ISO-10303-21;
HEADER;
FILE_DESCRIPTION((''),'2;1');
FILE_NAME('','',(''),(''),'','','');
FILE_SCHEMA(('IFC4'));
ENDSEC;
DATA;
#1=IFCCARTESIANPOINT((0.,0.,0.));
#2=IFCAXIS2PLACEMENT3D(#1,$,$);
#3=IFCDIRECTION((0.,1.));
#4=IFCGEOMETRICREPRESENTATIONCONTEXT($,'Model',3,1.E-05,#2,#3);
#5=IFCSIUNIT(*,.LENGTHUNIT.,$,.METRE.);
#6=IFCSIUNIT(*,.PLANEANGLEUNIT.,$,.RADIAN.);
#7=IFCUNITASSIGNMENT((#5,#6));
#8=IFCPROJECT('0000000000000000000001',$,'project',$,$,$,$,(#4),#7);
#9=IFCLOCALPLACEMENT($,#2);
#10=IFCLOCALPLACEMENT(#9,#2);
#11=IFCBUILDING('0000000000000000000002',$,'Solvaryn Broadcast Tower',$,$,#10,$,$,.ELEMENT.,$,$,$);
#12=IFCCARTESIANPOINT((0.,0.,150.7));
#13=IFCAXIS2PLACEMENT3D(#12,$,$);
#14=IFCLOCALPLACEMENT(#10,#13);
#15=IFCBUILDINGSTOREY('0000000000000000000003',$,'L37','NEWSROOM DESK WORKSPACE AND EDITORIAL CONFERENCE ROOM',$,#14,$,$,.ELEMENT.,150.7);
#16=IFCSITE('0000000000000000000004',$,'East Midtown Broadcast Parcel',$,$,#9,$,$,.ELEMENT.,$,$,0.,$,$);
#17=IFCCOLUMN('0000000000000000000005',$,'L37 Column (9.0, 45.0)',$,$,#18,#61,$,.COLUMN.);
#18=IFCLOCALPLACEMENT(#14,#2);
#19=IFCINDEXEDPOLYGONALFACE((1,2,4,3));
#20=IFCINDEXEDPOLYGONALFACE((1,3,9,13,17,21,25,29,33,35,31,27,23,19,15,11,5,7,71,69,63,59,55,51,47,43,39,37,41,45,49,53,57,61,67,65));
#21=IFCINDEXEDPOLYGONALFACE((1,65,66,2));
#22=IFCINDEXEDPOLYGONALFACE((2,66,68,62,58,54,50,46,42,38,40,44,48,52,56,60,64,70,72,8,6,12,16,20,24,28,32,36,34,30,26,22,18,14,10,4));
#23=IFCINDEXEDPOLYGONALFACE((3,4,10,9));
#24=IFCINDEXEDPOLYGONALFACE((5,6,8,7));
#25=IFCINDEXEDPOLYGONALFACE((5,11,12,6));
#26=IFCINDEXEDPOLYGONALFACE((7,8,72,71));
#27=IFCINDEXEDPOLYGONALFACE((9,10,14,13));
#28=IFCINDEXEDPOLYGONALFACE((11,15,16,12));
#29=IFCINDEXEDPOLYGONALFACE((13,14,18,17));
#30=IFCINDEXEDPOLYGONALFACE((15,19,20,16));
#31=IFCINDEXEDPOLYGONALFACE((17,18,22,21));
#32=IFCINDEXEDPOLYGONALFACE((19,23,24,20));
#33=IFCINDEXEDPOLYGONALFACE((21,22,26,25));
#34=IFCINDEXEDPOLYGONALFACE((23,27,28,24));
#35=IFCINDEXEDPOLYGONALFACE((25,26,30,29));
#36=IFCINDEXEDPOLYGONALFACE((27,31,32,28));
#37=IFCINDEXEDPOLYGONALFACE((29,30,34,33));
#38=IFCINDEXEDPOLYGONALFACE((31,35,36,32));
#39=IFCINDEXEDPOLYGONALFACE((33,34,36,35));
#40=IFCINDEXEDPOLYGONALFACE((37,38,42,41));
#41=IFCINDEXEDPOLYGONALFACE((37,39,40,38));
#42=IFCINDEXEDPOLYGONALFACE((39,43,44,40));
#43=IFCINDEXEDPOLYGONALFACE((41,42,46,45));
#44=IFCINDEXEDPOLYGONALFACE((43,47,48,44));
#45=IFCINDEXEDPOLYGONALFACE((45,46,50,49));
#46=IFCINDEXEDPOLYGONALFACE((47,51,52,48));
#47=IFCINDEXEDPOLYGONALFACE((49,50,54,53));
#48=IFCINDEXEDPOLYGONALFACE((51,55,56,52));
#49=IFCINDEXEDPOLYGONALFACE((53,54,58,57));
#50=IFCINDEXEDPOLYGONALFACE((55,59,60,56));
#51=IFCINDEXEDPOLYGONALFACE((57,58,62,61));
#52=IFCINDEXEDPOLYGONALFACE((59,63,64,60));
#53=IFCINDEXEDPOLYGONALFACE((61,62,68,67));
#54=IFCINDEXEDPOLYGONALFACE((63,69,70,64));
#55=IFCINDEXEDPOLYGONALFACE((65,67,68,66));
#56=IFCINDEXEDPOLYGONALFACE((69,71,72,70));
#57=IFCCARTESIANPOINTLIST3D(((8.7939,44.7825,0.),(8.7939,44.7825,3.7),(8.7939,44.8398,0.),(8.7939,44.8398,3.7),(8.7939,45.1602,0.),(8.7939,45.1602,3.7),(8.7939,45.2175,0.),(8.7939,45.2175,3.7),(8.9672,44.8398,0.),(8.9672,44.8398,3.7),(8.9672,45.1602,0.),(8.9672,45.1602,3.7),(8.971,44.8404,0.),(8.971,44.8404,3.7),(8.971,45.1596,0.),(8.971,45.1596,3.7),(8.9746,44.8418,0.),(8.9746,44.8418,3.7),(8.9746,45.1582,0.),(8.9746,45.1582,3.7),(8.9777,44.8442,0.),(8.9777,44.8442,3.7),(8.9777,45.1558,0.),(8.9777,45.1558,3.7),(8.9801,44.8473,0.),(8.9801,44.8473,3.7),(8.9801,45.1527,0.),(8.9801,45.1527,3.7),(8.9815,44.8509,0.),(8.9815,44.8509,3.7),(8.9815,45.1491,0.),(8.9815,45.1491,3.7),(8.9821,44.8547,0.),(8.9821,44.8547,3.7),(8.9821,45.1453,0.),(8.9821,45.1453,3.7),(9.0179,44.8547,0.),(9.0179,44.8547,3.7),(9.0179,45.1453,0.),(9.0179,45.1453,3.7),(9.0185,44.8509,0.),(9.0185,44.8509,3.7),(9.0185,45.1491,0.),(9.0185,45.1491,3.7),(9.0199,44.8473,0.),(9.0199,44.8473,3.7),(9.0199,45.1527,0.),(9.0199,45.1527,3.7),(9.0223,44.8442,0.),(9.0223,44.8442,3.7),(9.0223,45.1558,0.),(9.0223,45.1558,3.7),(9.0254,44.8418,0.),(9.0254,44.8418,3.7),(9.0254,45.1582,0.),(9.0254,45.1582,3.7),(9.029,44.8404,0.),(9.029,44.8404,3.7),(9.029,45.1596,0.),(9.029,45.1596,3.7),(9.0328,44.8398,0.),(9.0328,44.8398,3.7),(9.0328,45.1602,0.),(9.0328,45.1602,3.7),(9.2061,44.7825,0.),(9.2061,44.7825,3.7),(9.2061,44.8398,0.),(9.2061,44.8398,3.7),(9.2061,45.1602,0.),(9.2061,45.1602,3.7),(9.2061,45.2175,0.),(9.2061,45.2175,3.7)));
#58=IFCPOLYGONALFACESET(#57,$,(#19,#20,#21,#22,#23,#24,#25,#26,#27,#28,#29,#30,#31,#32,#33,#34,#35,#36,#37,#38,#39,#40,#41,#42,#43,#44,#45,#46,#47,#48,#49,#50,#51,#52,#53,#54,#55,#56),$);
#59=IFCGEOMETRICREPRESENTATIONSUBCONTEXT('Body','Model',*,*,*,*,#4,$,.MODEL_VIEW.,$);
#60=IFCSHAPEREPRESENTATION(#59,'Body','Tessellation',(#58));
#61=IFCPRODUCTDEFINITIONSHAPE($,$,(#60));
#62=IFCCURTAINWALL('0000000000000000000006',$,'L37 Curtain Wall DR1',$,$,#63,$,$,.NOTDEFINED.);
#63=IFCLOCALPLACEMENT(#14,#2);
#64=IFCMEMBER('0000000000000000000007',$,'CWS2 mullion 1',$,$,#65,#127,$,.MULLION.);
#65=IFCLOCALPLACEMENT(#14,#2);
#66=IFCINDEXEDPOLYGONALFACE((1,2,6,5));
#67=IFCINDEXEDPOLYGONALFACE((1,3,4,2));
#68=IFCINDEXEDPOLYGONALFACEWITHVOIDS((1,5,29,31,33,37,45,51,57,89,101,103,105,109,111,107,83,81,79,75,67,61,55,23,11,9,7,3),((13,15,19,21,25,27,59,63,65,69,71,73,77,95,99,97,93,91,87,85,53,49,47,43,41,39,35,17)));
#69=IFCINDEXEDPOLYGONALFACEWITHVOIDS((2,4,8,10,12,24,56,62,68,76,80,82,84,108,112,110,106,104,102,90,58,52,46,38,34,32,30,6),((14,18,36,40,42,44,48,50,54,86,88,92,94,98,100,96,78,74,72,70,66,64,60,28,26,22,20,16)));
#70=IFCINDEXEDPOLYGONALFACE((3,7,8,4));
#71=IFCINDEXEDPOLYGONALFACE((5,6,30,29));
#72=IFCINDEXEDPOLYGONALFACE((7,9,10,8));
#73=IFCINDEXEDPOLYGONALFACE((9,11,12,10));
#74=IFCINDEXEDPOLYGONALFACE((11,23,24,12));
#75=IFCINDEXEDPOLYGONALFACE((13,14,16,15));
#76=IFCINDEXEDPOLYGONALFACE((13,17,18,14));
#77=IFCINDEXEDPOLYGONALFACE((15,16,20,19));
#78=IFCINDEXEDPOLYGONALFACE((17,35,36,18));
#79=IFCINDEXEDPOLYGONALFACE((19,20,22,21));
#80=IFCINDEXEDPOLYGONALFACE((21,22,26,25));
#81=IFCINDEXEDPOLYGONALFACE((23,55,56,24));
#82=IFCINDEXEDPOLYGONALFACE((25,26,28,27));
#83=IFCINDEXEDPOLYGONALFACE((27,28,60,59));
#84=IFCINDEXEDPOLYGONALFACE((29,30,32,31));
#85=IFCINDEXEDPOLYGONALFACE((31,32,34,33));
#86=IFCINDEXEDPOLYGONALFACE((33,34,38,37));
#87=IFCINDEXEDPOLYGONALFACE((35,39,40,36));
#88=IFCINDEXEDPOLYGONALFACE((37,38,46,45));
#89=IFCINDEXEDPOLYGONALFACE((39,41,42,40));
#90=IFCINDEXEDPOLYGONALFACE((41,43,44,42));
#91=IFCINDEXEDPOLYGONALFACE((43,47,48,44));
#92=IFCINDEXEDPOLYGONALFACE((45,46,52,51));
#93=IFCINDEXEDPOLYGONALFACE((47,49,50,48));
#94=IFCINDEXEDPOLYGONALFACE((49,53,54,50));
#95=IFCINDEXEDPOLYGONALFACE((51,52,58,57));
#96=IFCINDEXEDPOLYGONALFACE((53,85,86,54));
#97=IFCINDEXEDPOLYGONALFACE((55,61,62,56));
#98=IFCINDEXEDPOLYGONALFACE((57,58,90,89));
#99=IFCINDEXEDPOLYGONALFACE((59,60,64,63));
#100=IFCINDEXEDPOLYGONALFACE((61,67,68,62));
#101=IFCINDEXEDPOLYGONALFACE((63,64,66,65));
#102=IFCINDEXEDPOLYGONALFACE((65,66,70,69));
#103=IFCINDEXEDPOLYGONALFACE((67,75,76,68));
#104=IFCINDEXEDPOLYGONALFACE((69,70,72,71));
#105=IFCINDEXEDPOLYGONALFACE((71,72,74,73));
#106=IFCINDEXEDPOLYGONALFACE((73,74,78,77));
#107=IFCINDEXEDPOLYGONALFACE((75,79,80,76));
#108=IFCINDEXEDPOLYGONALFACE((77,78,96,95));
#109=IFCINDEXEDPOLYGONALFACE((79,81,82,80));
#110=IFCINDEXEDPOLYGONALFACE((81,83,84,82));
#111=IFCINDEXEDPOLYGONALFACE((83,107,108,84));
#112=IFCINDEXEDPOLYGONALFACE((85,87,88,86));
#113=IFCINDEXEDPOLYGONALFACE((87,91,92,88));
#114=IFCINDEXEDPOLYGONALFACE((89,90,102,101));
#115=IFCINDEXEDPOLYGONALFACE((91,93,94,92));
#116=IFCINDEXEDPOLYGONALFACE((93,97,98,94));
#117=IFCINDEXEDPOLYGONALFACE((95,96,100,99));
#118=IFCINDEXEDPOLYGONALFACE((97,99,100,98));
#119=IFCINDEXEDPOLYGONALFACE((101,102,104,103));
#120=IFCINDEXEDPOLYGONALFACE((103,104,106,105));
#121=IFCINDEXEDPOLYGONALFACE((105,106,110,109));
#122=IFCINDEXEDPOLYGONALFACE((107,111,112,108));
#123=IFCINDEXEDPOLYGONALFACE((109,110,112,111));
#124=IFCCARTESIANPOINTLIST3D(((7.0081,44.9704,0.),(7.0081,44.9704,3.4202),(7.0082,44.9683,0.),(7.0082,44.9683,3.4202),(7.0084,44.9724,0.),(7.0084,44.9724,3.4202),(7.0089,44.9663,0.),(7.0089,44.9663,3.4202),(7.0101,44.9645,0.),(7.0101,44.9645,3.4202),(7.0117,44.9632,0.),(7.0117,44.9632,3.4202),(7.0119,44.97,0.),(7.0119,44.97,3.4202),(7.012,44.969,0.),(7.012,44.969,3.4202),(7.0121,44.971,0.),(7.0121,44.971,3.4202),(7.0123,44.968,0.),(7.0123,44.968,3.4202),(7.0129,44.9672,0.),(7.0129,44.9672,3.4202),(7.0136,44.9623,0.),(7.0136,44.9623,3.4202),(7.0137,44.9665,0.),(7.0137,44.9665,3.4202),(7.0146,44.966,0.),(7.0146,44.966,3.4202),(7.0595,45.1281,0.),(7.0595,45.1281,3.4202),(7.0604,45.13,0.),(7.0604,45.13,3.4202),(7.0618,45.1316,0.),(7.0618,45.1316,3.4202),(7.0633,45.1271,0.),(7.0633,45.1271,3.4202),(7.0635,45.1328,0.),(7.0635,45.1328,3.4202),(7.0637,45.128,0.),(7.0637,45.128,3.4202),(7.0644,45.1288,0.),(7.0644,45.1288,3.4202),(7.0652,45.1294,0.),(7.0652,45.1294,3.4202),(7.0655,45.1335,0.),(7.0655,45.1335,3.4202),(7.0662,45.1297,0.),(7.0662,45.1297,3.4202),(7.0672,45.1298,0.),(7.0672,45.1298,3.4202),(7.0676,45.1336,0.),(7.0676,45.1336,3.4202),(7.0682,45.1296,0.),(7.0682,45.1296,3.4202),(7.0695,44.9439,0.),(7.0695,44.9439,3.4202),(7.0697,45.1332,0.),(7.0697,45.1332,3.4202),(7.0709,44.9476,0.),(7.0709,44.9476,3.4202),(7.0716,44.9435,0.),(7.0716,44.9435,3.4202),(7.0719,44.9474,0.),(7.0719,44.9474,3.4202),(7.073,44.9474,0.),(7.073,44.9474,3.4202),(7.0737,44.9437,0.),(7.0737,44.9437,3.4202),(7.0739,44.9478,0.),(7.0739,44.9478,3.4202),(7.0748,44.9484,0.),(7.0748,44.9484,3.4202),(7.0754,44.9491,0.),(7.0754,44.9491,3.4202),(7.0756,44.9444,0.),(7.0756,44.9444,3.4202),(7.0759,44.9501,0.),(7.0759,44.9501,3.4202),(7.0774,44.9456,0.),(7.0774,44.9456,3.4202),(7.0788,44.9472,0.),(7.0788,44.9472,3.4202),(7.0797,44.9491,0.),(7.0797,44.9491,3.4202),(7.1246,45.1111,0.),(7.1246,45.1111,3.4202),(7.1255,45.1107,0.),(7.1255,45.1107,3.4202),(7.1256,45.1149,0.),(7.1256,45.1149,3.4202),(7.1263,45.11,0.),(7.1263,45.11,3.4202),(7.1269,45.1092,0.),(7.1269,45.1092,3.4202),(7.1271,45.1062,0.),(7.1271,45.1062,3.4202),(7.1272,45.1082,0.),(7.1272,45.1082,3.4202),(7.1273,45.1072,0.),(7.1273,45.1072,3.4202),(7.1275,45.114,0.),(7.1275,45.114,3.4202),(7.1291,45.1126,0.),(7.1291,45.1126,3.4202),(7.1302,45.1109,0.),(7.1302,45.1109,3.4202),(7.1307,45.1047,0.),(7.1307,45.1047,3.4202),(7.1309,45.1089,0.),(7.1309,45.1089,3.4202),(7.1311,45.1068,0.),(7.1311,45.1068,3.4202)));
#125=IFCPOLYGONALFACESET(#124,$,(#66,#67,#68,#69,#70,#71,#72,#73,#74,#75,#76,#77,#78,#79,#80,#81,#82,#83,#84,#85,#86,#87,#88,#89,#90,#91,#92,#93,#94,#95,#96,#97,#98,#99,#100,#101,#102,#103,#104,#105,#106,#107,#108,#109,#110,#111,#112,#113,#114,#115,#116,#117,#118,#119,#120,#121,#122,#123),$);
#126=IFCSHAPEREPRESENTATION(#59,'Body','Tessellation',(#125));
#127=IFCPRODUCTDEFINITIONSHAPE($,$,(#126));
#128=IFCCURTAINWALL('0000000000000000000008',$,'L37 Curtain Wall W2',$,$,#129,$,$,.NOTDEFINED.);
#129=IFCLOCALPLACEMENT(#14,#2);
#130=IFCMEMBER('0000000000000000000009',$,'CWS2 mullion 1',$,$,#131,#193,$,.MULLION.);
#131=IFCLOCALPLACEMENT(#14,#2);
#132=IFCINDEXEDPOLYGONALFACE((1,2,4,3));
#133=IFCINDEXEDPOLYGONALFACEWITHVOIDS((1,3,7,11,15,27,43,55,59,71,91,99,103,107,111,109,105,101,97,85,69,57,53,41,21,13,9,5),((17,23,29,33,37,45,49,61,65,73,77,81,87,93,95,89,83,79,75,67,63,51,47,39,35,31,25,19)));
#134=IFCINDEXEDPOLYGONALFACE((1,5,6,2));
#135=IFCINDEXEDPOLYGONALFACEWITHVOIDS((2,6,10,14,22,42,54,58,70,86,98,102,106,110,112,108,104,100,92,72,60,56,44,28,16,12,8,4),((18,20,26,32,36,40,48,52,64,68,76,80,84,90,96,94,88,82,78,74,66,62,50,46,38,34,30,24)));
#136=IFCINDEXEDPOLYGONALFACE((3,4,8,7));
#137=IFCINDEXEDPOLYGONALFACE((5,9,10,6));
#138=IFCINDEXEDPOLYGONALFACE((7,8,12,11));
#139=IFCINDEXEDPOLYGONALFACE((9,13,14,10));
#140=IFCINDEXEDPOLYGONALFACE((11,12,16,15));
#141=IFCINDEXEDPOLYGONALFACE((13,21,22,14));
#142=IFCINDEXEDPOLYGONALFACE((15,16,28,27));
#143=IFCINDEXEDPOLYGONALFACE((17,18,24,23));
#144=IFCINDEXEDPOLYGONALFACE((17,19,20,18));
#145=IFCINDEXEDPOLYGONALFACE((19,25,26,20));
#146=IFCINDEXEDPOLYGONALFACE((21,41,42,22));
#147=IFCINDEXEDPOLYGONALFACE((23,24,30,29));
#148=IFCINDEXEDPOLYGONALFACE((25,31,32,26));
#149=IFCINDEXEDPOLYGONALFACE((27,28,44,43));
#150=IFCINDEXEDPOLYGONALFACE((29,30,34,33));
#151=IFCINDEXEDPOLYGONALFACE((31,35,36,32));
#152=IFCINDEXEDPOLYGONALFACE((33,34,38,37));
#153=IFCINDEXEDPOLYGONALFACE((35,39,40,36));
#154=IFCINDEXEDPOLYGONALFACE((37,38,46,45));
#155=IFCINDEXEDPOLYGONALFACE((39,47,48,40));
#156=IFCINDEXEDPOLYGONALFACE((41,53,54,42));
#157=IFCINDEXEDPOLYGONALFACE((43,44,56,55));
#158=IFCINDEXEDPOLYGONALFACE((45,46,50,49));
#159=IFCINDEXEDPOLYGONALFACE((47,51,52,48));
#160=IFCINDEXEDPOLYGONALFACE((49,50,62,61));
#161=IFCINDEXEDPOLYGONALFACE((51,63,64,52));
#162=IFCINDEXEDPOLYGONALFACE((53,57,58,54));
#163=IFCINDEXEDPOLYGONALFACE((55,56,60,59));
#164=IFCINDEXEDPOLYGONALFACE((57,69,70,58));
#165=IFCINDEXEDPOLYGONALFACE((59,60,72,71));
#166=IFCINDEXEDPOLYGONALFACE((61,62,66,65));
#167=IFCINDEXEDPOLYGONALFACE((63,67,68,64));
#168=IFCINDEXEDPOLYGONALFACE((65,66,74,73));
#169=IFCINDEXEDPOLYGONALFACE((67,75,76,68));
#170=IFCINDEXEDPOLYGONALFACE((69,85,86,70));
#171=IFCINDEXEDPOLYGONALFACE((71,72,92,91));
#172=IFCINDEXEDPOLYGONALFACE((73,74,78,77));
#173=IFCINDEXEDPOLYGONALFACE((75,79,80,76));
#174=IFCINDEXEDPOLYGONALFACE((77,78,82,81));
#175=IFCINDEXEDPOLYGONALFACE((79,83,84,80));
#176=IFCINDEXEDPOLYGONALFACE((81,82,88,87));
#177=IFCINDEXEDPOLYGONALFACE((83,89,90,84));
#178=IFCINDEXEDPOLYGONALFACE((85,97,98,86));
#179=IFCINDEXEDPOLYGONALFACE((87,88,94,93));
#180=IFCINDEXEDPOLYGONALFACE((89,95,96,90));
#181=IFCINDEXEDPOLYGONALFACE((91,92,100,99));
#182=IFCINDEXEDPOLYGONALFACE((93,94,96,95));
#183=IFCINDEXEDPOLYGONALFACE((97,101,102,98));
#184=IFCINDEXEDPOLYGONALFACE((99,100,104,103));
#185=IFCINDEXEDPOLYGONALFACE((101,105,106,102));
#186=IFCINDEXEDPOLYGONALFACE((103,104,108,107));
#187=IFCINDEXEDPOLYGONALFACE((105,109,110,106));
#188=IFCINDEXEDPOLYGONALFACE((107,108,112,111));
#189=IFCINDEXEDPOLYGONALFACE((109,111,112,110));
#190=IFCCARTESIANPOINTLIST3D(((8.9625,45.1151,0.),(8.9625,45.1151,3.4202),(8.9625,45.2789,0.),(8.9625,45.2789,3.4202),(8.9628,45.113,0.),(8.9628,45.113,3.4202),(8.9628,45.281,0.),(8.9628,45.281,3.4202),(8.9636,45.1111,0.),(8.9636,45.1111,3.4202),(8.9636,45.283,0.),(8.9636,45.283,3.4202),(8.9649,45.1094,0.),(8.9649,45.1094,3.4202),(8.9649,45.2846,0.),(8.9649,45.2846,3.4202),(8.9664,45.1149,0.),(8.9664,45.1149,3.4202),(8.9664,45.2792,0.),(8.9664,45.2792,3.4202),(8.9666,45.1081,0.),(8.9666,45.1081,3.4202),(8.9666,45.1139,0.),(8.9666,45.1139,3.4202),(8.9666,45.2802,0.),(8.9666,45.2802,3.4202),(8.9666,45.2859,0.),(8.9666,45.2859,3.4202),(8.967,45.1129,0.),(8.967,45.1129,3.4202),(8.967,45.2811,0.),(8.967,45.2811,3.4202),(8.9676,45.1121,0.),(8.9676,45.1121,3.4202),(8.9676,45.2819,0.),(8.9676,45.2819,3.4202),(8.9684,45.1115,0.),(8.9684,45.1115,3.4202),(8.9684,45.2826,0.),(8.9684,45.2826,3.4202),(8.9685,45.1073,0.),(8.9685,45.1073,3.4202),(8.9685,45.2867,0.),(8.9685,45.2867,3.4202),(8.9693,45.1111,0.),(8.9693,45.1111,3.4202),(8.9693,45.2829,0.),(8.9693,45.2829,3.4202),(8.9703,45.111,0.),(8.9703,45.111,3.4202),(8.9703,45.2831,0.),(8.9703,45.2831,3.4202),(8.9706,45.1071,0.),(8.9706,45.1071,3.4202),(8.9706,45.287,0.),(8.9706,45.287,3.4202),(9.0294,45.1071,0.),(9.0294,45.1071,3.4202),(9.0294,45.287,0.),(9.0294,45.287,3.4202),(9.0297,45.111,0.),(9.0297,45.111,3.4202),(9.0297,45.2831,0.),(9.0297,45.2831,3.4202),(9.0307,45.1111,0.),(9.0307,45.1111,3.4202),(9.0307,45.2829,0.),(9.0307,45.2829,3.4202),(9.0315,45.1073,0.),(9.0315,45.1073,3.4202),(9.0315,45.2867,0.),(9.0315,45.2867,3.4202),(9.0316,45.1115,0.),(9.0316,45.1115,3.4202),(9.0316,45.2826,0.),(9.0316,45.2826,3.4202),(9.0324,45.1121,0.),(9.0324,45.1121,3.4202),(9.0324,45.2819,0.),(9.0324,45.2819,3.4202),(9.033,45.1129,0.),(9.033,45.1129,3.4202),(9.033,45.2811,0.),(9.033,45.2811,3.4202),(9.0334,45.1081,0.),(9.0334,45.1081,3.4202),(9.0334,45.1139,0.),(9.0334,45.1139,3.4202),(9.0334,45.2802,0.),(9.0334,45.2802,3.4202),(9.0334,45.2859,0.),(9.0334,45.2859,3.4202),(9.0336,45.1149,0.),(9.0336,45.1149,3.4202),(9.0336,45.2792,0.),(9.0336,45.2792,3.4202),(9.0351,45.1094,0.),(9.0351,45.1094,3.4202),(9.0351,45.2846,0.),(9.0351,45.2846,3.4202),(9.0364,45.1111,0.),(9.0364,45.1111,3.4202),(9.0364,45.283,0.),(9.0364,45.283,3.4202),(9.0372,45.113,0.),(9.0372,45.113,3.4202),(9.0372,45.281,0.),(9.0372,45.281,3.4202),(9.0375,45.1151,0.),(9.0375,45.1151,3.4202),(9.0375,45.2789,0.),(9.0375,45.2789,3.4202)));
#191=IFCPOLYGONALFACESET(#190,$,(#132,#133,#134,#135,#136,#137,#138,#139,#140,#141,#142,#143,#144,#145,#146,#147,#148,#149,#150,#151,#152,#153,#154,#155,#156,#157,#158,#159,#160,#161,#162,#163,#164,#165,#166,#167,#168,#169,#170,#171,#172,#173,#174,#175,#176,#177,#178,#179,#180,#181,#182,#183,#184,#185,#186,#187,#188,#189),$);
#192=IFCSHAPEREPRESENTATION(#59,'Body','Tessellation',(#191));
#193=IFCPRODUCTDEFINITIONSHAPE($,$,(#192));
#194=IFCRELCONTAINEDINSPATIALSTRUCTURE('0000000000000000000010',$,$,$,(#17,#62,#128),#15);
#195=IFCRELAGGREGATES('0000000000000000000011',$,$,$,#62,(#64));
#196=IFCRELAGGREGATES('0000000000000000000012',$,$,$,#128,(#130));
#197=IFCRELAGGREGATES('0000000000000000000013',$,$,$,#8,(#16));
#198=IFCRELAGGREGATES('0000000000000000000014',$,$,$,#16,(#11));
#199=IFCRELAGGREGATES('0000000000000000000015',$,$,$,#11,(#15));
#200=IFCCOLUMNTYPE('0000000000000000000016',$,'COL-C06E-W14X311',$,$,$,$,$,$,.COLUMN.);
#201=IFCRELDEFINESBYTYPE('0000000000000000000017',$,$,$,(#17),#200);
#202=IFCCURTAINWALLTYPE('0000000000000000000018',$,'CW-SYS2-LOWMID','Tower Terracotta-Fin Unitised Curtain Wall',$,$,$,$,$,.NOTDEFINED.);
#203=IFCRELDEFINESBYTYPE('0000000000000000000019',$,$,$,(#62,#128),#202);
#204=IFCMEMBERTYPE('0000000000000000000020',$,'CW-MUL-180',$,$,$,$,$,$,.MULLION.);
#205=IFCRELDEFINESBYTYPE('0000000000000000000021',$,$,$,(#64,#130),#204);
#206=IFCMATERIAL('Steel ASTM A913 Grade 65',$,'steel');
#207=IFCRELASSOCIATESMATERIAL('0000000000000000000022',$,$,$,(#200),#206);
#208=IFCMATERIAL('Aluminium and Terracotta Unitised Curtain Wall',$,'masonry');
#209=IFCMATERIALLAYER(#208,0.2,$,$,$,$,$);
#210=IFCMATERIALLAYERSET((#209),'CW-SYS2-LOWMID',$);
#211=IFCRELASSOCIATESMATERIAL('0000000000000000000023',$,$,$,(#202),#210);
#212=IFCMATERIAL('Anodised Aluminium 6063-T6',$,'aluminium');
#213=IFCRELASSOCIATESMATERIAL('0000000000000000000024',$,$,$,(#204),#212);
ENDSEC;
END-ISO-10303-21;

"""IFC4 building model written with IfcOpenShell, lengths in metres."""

from ifc_helpers import new_model, si_unit, direction, frame, origin, origin_2d, place, context, subcontext, project, spatial, hollow_rectangle, i_section, extrude, material, layer, layer_set, material_profile, profile_set, type_object, element, aggregate, save


model = new_model("IFC4")

# Units and contexts
model_context = context("Model", 3, precision=1e-05, world=origin(), true_north=direction((0.0, 1.0)))
body_context = subcontext(model_context, "Body", "Model", "MODEL_VIEW")
ifc_project = project(units=[si_unit("LENGTHUNIT", "METRE"), si_unit("PLANEANGLEUNIT", "RADIAN")], contexts=[model_context])

# Site, building, storey
site_placement = place(None, origin())
site = spatial("IfcSite", under=ifc_project, at=site_placement, Name="East Midtown Broadcast Parcel", CompositionType="ELEMENT", RefElevation=0.0)
building_placement = place(site_placement, origin())
building = spatial("IfcBuilding", under=site, at=building_placement, Name="Solvaryn Broadcast Tower", CompositionType="ELEMENT")
storey_placement = place(building_placement, frame((0.0, 0.0, 150.7)))
storey = spatial("IfcBuildingStorey", under=building, at=storey_placement, Name="L37", Description="NEWSROOM DESK WORKSPACE AND EDITORIAL CONFERENCE ROOM", CompositionType="ELEMENT", Elevation=150.7)

# Column
ifc_material_1 = material(Name="Steel ASTM A913 Grade 65", Category="steel")
ifc_material_profile_1 = material_profile(ifc_material_1, i_section(OverallWidth=0.4121, OverallDepth=0.4351, WebThickness=0.0359, FlangeThickness=0.0574, FilletRadius=0.0149, at=origin_2d()))
ifc_profile_set_1 = profile_set([ifc_material_profile_1], Name="Steel ASTM A913 Grade 65")
column_type = type_object("IfcColumnType", Name="COL-C06E-W14X311", PredefinedType="COLUMN", material=ifc_profile_set_1)
column_placement = place(storey_placement, frame((9.0, 45.0, 0.0), z_axis=(0.0, 0.0, 1.0), x_axis=(1.0, 0.0, 0.0)))
element("IfcColumn", 1, at=column_placement, inside=storey, type_object=column_type, Name="L37 Column (9.0, 45.0)", PredefinedType="COLUMN", context=body_context, shape_type="SweptSolid", body=[
    extrude(i_section(OverallWidth=0.4121, OverallDepth=0.4351, WebThickness=0.0359, FlangeThickness=0.0574, FilletRadius=0.0149, at=origin_2d()), origin(), (0.0, 0.0, 1.0), 3.7),
])

# Curtain wall, member
ifc_material_2 = material(Name="Aluminium and Terracotta Unitised Curtain Wall", Category="masonry")
ifc_layer_1 = layer(ifc_material_2, 0.2)
ifc_layer_set_1 = layer_set([ifc_layer_1], Name="CW-SYS2-LOWMID")
curtain_wall_type = type_object("IfcCurtainWallType", Name="CW-SYS2-LOWMID", Description="Tower Terracotta-Fin Unitised Curtain Wall", PredefinedType="NOTDEFINED", material=ifc_layer_set_1)
curtain_wall_1_placement = place(storey_placement, origin())
curtain_wall_1 = element("IfcCurtainWall", 2, at=curtain_wall_1_placement, inside=storey, type_object=curtain_wall_type, Name="L37 Curtain Wall DR1", PredefinedType="NOTDEFINED")
ifc_material_3 = material(Name="Anodised Aluminium 6063-T6", Category="aluminium")
ifc_material_profile_2 = material_profile(ifc_material_3, hollow_rectangle(XDim=0.075, YDim=0.1799, WallThickness=0.0039, InnerFilletRadius=0.0039, OuterFilletRadius=0.0081, at=origin_2d()))
ifc_profile_set_2 = profile_set([ifc_material_profile_2], Name="Anodised Aluminium 6063-T6")
member_type_1 = type_object("IfcMemberType", Name="CW-MUL-180", PredefinedType="MULLION", material=ifc_profile_set_2)
member_1_placement = place(storey_placement, frame((7.0696, 45.0386, 0.0), z_axis=(0.0, 0.0, 1.0), x_axis=(0.950198, -0.311646, 0.0)))
member_1 = element("IfcMember", 3, at=member_1_placement, type_object=member_type_1, Name="CWS2 mullion 1", PredefinedType="MULLION", context=body_context, shape_type="SweptSolid", body=[
    extrude(hollow_rectangle(XDim=0.075, YDim=0.1799, WallThickness=0.0039, InnerFilletRadius=0.0039, OuterFilletRadius=0.0081, at=origin_2d()), origin(), (0.0, 0.0, 1.0), 3.4202),
])

# Curtain wall, member
curtain_wall_2_placement = place(storey_placement, origin())
curtain_wall_2 = element("IfcCurtainWall", 4, at=curtain_wall_2_placement, inside=storey, type_object=curtain_wall_type, Name="L37 Curtain Wall W2", PredefinedType="NOTDEFINED")
member_2_placement = place(storey_placement, frame((9.0, 45.197, 0.0), z_axis=(0.0, 0.0, 1.0), x_axis=(-1.0, 0.0, 0.0)))
member_2 = element("IfcMember", 5, at=member_2_placement, type_object=member_type_1, Name="CWS2 mullion 1", PredefinedType="MULLION", context=body_context, shape_type="SweptSolid", body=[
    extrude(hollow_rectangle(XDim=0.075, YDim=0.1799, WallThickness=0.0039, InnerFilletRadius=0.0039, OuterFilletRadius=0.0081, at=origin_2d()), origin(), (0.0, 0.0, 1.0), 3.4202),
])

aggregate(curtain_wall_1, [member_1])

aggregate(curtain_wall_2, [member_2])

save(model, "model.ifc")
